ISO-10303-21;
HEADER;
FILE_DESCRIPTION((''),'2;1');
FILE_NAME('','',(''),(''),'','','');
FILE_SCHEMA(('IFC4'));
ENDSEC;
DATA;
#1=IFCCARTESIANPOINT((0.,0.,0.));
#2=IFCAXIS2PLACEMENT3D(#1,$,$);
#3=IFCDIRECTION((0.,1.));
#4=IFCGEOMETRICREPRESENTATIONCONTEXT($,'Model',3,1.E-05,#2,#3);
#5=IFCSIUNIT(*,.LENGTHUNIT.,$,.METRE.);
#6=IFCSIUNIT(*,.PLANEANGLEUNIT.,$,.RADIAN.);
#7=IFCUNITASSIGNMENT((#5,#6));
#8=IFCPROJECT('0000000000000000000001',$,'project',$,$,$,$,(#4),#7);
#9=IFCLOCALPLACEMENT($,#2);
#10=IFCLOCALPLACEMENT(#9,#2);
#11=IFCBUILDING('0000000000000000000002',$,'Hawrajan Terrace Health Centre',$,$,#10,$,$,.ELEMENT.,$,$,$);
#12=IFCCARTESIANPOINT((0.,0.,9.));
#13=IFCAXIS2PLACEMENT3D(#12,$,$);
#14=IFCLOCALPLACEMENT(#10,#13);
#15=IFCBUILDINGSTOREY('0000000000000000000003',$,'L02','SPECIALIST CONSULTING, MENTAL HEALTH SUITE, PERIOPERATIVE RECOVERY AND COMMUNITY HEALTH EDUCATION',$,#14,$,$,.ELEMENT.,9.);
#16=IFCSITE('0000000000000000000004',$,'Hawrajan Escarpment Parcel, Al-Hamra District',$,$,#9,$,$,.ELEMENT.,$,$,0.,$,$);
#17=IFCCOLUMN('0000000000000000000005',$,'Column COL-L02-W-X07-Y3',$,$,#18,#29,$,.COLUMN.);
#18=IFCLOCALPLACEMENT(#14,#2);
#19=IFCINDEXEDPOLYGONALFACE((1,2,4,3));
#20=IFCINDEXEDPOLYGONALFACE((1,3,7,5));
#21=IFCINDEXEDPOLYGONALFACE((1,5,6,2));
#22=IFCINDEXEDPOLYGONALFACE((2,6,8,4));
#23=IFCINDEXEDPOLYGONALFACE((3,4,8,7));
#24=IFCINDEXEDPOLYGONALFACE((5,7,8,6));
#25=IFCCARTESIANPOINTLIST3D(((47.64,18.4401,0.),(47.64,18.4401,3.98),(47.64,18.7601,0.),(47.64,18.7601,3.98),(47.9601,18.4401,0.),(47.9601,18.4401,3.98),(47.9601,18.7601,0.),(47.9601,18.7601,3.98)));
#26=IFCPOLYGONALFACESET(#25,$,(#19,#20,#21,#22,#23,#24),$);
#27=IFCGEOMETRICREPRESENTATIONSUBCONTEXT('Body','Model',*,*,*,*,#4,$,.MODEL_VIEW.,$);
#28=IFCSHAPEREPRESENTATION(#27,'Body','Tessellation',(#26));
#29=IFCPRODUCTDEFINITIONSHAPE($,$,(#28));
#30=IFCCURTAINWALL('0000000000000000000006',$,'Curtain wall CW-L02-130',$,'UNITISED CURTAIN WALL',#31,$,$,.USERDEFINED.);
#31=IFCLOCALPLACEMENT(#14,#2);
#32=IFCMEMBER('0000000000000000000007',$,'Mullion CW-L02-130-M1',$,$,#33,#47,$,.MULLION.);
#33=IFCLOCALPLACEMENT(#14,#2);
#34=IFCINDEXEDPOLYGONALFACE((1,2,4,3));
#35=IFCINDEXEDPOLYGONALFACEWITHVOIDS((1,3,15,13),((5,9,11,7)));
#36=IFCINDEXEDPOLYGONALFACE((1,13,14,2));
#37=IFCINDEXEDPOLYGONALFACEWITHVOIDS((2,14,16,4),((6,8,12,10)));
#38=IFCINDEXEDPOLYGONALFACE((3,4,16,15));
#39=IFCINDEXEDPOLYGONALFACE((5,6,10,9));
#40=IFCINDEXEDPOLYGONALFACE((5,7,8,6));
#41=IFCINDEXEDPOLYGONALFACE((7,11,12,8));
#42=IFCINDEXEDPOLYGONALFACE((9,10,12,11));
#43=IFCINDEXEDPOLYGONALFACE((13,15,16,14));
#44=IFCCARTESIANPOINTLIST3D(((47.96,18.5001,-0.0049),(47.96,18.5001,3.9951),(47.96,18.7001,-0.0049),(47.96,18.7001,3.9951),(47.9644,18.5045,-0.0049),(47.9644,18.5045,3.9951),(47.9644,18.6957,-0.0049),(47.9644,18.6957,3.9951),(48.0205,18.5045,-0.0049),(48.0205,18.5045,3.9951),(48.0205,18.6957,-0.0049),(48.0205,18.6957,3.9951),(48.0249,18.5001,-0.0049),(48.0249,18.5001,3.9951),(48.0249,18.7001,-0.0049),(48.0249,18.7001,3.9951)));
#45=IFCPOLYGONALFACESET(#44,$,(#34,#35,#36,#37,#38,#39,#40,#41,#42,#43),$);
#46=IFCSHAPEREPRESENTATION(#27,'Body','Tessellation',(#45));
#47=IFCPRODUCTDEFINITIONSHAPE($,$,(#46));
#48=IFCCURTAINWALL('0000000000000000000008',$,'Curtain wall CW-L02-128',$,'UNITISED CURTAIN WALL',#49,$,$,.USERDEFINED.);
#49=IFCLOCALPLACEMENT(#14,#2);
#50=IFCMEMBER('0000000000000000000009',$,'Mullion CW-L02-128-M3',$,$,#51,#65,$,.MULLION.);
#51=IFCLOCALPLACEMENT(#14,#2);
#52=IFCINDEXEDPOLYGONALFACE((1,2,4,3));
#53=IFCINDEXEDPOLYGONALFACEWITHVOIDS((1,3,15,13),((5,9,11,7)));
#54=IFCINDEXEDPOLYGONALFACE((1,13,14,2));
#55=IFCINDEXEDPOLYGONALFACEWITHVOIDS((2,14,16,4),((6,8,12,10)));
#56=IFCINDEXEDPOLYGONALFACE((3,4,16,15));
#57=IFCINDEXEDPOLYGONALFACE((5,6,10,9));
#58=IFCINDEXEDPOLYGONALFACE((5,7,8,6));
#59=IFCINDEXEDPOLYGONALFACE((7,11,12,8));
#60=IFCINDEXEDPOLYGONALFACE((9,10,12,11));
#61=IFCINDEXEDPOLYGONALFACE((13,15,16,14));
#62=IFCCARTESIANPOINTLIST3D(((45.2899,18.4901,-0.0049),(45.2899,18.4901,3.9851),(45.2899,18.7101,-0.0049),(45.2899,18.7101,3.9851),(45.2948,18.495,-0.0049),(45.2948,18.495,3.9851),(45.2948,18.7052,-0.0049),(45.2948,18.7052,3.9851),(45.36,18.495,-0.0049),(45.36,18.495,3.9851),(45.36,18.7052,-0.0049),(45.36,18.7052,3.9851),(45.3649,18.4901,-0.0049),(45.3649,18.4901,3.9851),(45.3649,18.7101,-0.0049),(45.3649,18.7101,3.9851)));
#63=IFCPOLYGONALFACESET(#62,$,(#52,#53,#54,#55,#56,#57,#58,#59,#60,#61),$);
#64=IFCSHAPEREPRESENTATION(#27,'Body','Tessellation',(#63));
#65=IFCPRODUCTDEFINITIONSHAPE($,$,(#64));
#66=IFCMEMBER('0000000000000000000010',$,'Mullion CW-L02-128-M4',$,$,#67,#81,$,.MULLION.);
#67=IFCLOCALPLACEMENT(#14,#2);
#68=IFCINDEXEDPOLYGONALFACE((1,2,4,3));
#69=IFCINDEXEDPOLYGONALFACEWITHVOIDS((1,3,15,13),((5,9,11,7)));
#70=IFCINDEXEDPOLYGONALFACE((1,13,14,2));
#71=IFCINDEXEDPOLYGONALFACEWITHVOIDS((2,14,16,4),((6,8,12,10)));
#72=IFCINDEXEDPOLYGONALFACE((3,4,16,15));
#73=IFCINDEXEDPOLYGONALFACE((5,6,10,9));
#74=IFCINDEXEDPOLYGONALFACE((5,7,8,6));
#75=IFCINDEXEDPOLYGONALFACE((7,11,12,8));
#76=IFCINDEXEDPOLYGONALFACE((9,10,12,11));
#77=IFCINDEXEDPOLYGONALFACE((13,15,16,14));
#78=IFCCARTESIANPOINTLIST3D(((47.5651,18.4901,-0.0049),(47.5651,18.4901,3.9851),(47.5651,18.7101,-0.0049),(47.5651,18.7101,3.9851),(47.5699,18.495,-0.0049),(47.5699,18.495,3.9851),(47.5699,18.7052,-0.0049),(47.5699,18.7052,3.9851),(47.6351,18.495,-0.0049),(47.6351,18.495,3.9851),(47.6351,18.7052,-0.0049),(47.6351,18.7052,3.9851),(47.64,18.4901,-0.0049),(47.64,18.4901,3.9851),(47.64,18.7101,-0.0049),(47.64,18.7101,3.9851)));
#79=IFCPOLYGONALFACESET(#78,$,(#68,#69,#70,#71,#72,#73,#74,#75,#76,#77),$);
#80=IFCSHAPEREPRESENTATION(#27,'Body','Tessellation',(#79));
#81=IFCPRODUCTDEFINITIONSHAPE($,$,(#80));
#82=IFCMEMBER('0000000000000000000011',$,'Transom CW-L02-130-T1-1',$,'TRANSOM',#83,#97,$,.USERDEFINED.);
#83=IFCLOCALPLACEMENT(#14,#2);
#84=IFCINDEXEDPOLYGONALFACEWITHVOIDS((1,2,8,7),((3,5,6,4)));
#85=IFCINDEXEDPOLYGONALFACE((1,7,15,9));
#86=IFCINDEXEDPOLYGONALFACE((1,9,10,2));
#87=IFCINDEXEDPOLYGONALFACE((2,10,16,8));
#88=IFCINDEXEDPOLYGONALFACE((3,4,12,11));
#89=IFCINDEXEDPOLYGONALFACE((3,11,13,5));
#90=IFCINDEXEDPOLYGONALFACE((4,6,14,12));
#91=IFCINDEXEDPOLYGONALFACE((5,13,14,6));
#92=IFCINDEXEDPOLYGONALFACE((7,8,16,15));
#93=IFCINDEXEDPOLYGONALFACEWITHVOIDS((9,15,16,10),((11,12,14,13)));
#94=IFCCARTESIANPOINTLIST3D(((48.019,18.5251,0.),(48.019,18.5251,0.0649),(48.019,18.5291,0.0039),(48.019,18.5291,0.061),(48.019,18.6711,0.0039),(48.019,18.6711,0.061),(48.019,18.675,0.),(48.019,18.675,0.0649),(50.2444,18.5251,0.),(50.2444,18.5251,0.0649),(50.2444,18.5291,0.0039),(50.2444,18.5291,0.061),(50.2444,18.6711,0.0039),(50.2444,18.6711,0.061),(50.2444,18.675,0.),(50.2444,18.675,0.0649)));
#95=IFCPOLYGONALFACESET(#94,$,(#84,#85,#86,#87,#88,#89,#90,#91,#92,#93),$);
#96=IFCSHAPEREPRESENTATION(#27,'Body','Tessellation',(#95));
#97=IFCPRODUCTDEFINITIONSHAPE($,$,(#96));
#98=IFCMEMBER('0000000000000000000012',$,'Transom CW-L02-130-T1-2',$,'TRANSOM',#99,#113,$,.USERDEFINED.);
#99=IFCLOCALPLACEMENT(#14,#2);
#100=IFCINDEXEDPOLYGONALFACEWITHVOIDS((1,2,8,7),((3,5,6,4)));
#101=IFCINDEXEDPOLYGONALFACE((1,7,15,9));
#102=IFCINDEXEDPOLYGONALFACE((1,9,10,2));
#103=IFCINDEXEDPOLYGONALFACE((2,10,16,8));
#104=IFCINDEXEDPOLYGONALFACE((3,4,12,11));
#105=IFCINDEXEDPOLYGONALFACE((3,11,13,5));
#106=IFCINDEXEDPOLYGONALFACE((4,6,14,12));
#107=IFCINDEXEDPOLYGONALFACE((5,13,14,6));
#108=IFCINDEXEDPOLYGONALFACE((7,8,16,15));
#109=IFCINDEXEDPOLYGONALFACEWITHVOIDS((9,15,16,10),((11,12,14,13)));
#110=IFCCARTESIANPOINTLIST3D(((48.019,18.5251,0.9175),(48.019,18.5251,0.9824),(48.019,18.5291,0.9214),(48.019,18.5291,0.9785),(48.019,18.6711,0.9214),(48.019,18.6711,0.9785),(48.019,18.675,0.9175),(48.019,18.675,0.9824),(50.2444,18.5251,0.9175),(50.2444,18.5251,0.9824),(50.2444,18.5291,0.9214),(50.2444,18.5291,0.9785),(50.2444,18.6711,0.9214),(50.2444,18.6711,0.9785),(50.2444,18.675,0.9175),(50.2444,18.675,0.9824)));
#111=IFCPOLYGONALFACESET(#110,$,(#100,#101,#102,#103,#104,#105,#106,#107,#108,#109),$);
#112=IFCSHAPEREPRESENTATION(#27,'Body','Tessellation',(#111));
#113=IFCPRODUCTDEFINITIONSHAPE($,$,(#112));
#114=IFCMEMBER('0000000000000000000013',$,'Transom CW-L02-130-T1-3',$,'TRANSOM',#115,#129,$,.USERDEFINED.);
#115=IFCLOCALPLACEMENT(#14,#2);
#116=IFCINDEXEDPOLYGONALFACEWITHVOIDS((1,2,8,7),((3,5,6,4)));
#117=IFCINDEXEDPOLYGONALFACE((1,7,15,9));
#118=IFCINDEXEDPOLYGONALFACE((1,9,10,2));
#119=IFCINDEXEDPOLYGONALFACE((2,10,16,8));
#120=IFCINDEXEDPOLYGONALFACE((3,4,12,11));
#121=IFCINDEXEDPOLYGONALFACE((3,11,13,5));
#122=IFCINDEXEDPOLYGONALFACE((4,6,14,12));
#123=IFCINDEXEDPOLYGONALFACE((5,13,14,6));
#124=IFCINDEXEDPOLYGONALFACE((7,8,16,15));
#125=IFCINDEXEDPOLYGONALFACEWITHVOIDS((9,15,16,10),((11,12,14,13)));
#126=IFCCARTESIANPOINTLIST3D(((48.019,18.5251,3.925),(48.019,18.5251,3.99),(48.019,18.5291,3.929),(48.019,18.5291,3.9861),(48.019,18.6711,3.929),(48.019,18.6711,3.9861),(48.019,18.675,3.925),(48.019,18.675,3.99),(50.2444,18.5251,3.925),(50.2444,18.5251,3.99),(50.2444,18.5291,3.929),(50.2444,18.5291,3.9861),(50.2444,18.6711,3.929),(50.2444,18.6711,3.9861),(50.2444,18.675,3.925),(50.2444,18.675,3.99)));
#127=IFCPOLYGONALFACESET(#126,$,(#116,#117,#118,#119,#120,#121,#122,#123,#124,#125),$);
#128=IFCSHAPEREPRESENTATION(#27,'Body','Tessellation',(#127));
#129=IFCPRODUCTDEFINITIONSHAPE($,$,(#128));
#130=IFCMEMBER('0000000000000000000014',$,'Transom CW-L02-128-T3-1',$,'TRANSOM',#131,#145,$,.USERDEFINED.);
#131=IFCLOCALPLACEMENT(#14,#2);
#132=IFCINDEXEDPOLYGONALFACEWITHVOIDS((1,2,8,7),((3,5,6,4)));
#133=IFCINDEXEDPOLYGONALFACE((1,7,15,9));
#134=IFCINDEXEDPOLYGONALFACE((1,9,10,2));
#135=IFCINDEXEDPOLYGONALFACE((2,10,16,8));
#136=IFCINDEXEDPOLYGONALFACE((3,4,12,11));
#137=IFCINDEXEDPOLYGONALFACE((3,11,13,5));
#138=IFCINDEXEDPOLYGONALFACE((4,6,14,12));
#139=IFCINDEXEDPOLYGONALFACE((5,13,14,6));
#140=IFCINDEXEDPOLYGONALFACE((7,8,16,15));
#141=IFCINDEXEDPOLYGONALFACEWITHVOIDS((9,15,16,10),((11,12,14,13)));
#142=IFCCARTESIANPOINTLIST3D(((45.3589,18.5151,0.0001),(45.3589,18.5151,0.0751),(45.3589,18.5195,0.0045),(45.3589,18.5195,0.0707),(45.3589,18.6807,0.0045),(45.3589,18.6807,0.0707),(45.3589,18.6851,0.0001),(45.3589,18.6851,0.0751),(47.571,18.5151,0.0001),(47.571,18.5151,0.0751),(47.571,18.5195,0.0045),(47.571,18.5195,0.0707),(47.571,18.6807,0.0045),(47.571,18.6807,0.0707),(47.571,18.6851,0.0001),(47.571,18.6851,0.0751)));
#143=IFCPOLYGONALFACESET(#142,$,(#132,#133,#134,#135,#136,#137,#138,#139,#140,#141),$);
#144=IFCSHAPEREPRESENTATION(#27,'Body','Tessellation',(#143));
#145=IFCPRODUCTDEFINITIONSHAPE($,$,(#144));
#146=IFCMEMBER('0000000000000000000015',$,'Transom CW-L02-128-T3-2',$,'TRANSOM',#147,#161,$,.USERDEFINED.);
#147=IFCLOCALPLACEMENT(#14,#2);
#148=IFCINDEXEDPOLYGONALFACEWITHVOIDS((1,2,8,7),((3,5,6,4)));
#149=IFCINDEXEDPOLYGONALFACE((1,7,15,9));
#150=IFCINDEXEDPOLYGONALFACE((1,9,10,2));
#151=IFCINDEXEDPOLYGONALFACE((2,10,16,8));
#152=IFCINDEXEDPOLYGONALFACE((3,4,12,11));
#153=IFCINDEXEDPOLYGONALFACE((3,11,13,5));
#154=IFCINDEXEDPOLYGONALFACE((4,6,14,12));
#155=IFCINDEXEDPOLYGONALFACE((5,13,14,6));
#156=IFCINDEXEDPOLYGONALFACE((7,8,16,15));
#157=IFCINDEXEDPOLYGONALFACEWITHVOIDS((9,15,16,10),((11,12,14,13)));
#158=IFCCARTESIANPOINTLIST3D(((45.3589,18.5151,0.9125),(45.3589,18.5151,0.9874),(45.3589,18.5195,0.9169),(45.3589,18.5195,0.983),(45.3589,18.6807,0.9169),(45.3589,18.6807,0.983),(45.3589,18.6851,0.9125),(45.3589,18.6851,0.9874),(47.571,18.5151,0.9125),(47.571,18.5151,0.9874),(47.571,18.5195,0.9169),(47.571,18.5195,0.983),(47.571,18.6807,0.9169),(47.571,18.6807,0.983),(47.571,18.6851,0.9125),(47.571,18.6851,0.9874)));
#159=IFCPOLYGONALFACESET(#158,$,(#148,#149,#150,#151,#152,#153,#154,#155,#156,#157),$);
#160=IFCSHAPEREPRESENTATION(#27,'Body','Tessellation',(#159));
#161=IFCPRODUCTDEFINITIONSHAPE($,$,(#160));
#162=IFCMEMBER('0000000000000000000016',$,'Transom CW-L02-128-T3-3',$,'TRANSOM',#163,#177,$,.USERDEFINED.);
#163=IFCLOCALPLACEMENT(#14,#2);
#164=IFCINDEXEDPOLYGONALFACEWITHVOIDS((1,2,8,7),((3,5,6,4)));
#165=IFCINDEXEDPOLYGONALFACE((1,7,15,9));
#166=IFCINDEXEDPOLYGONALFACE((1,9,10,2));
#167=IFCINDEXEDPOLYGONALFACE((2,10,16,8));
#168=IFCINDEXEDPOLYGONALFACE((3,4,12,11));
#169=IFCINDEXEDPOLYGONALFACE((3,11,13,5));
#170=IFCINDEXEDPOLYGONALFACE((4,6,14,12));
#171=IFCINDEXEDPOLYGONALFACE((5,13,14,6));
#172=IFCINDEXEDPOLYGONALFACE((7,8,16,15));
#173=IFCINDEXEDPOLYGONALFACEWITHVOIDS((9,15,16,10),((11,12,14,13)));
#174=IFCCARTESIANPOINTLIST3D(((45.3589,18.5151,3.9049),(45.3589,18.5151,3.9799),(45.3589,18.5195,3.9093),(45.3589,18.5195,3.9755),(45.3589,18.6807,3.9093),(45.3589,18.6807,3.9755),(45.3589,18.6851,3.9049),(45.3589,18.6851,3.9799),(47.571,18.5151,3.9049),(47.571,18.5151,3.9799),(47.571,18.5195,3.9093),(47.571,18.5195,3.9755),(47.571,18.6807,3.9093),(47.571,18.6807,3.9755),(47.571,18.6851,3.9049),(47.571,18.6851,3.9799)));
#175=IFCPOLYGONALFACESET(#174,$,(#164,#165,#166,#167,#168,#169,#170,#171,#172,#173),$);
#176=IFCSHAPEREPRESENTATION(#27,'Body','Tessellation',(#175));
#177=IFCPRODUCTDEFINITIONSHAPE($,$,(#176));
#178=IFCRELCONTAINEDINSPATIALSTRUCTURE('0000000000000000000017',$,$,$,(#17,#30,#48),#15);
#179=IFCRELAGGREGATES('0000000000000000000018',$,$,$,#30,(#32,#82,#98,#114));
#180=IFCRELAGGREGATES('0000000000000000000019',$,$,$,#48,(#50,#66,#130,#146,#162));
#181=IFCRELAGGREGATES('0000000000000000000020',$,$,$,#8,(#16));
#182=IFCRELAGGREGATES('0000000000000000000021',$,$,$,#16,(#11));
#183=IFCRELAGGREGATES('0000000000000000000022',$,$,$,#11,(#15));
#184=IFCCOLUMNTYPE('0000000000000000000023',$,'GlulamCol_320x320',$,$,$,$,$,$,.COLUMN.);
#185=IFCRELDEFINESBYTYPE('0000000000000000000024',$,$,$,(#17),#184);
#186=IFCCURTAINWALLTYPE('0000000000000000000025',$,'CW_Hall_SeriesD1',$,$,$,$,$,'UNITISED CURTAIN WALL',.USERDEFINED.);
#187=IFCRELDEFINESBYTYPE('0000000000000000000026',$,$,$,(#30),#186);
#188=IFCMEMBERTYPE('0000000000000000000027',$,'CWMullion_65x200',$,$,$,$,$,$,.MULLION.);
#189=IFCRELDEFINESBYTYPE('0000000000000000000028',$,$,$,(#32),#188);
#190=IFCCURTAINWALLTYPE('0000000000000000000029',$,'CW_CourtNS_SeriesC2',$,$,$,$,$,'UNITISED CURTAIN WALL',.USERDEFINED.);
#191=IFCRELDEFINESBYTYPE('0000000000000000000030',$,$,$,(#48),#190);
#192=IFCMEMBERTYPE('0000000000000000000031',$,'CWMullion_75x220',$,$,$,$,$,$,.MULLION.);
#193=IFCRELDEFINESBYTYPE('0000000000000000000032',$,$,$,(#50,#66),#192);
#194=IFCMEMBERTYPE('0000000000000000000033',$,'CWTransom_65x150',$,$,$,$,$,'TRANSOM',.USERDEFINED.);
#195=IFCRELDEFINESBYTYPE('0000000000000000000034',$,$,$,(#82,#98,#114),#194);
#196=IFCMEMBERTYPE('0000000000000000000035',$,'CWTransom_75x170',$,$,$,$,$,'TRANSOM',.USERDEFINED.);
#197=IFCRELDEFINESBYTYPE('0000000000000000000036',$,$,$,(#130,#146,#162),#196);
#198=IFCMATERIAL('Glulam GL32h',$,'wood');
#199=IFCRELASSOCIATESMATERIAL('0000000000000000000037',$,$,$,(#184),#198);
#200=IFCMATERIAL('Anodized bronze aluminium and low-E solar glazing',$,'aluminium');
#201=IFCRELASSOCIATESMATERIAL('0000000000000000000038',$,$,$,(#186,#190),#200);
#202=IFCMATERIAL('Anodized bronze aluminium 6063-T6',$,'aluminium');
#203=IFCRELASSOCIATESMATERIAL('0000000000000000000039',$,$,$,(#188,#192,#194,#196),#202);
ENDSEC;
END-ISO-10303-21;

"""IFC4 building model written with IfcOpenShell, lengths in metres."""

from ifc_helpers import new_model, si_unit, direction, frame, origin, origin_2d, place, context, subcontext, project, spatial, rectangle, hollow_rectangle, extrude, material, material_profile, profile_set, type_object, element, aggregate, save


model = new_model("IFC4")

# Units and contexts
model_context = context("Model", 3, precision=1e-05, world=origin(), true_north=direction((0.0, 1.0)))
body_context = subcontext(model_context, "Body", "Model", "MODEL_VIEW")
ifc_project = project(units=[si_unit("LENGTHUNIT", "METRE"), si_unit("PLANEANGLEUNIT", "RADIAN")], contexts=[model_context])

# Site, building, storey
site_placement = place(None, origin())
site = spatial("IfcSite", under=ifc_project, at=site_placement, Name="Hawrajan Escarpment Parcel, Al-Hamra District", CompositionType="ELEMENT", RefElevation=0.0)
building_placement = place(site_placement, origin())
building = spatial("IfcBuilding", under=site, at=building_placement, Name="Hawrajan Terrace Health Centre", CompositionType="ELEMENT")
storey_placement = place(building_placement, frame((0.0, 0.0, 9.0)))
storey = spatial("IfcBuildingStorey", under=building, at=storey_placement, Name="L02", Description="SPECIALIST CONSULTING, MENTAL HEALTH SUITE, PERIOPERATIVE RECOVERY AND COMMUNITY HEALTH EDUCATION", CompositionType="ELEMENT", Elevation=9.0)

# Column
ifc_material_1 = material(Name="Glulam GL32h", Category="wood")
ifc_material_profile_1 = material_profile(ifc_material_1, rectangle(XDim=0.3201, YDim=0.3201, at=origin_2d()), Name="GL 320x320")
ifc_profile_set_1 = profile_set([ifc_material_profile_1], Name="Glulam GL32h")
column_type = type_object("IfcColumnType", Name="GlulamCol_320x320", PredefinedType="COLUMN", material=ifc_profile_set_1)
column_placement = place(storey_placement, frame((47.8, 18.6001, 0.0), z_axis=(0.0, 0.0, 1.0), x_axis=(1.0, 0.0, 0.0)))
element("IfcColumn", 1, at=column_placement, inside=storey, type_object=column_type, Name="Column COL-L02-W-X07-Y3", PredefinedType="COLUMN", context=body_context, shape_type="SweptSolid", body=[
    extrude(rectangle(XDim=0.3201, YDim=0.3201, at=origin_2d()), origin(), (0.0, 0.0, 1.0), 3.98),
])

# Curtain wall, member
ifc_material_2 = material(Name="Anodized bronze aluminium and low-E solar glazing", Category="aluminium")
curtain_wall_type_1 = type_object("IfcCurtainWallType", Name="CW_Hall_SeriesD1", ElementType="UNITISED CURTAIN WALL", PredefinedType="USERDEFINED", material=ifc_material_2)
curtain_wall_1_placement = place(storey_placement, origin())
curtain_wall_1 = element("IfcCurtainWall", 2, at=curtain_wall_1_placement, inside=storey, type_object=curtain_wall_type_1, Name="Curtain wall CW-L02-130", ObjectType="UNITISED CURTAIN WALL", PredefinedType="USERDEFINED")
ifc_material_3 = material(Name="Anodized bronze aluminium 6063-T6", Category="aluminium")
ifc_material_profile_2 = material_profile(ifc_material_3, hollow_rectangle(XDim=0.0649, YDim=0.2, WallThickness=0.0044, at=origin_2d()), Name="CW MUL 65x200")
ifc_profile_set_2 = profile_set([ifc_material_profile_2], Name="Anodized bronze aluminium 6063-T6")
member_type_1 = type_object("IfcMemberType", Name="CWMullion_65x200", PredefinedType="MULLION", material=ifc_profile_set_2)
member_1_placement = place(storey_placement, frame((47.9924, 18.6001, -0.0049), z_axis=(0.0, 0.0, 1.0), x_axis=(1.0, 0.0, 0.0)))
member_1 = element("IfcMember", 3, at=member_1_placement, type_object=member_type_1, Name="Mullion CW-L02-130-M1", PredefinedType="MULLION", context=body_context, shape_type="SweptSolid", body=[
    extrude(hollow_rectangle(XDim=0.0649, YDim=0.2, WallThickness=0.0044, at=origin_2d()), origin(), (0.0, 0.0, 1.0), 4.0),
])

# Curtain wall, members
curtain_wall_type_2 = type_object("IfcCurtainWallType", Name="CW_CourtNS_SeriesC2", ElementType="UNITISED CURTAIN WALL", PredefinedType="USERDEFINED", material=ifc_material_2)
curtain_wall_2_placement = place(storey_placement, origin())
curtain_wall_2 = element("IfcCurtainWall", 4, at=curtain_wall_2_placement, inside=storey, type_object=curtain_wall_type_2, Name="Curtain wall CW-L02-128", ObjectType="UNITISED CURTAIN WALL", PredefinedType="USERDEFINED")
ifc_material_profile_3 = material_profile(ifc_material_3, hollow_rectangle(XDim=0.075, YDim=0.22, WallThickness=0.0049, at=origin_2d()), Name="CW MUL 75x220")
ifc_profile_set_3 = profile_set([ifc_material_profile_3], Name="Anodized bronze aluminium 6063-T6")
member_type_2 = type_object("IfcMemberType", Name="CWMullion_75x220", PredefinedType="MULLION", material=ifc_profile_set_3)
member_2_placement = place(storey_placement, frame((45.3274, 18.6001, -0.0049), z_axis=(0.0, 0.0, 1.0), x_axis=(1.0, 0.0, 0.0)))
member_2 = element("IfcMember", 5, at=member_2_placement, type_object=member_type_2, Name="Mullion CW-L02-128-M3", PredefinedType="MULLION", context=body_context, shape_type="SweptSolid", body=[
    extrude(hollow_rectangle(XDim=0.075, YDim=0.22, WallThickness=0.0049, at=origin_2d()), origin(), (0.0, 0.0, 1.0), 3.99),
])
member_3_placement = place(storey_placement, frame((47.6025, 18.6001, -0.0049), z_axis=(0.0, 0.0, 1.0), x_axis=(1.0, 0.0, 0.0)))
member_3 = element("IfcMember", 6, at=member_3_placement, type_object=member_type_2, Name="Mullion CW-L02-128-M4", PredefinedType="MULLION", context=body_context, shape_type="SweptSolid", body=[
    extrude(hollow_rectangle(XDim=0.075, YDim=0.22, WallThickness=0.0049, at=origin_2d()), origin(), (0.0, 0.0, 1.0), 3.99),
])

# Members
ifc_material_profile_4 = material_profile(ifc_material_3, hollow_rectangle(XDim=0.0649, YDim=0.1499, WallThickness=0.0039, at=origin_2d()), Name="CW TRN 65x150")
ifc_profile_set_4 = profile_set([ifc_material_profile_4], Name="Anodized bronze aluminium 6063-T6")
member_type_3 = type_object("IfcMemberType", Name="CWTransom_65x150", ElementType="TRANSOM", PredefinedType="USERDEFINED", material=ifc_profile_set_4)
member_4_placement = place(storey_placement, frame((48.019, 18.6001, 0.0325), z_axis=(1.0, 0.0, 0.0), x_axis=(0.0, 0.0, 1.0)))
member_4 = element("IfcMember", 7, at=member_4_placement, type_object=member_type_3, Name="Transom CW-L02-130-T1-1", ObjectType="TRANSOM", PredefinedType="USERDEFINED", context=body_context, shape_type="SweptSolid", body=[
    extrude(hollow_rectangle(XDim=0.0649, YDim=0.1499, WallThickness=0.0039, at=origin_2d()), origin(), (0.0, 0.0, 1.0), 2.2253),
])
member_5_placement = place(storey_placement, frame((48.019, 18.6001, 0.95), z_axis=(1.0, 0.0, 0.0), x_axis=(0.0, 0.0, 1.0)))
member_5 = element("IfcMember", 8, at=member_5_placement, type_object=member_type_3, Name="Transom CW-L02-130-T1-2", ObjectType="TRANSOM", PredefinedType="USERDEFINED", context=body_context, shape_type="SweptSolid", body=[
    extrude(hollow_rectangle(XDim=0.0649, YDim=0.1499, WallThickness=0.0039, at=origin_2d()), origin(), (0.0, 0.0, 1.0), 2.2253),
])
member_6_placement = place(storey_placement, frame((48.019, 18.6001, 3.9575), z_axis=(1.0, 0.0, 0.0), x_axis=(0.0, 0.0, 1.0)))
member_6 = element("IfcMember", 9, at=member_6_placement, type_object=member_type_3, Name="Transom CW-L02-130-T1-3", ObjectType="TRANSOM", PredefinedType="USERDEFINED", context=body_context, shape_type="SweptSolid", body=[
    extrude(hollow_rectangle(XDim=0.0649, YDim=0.1499, WallThickness=0.0039, at=origin_2d()), origin(), (0.0, 0.0, 1.0), 2.2253),
])
aggregate(curtain_wall_1, [member_1, member_4, member_5, member_6])
ifc_material_profile_5 = material_profile(ifc_material_3, hollow_rectangle(XDim=0.075, YDim=0.1699, WallThickness=0.0044, at=origin_2d()), Name="CW TRN 75x170")
ifc_profile_set_5 = profile_set([ifc_material_profile_5], Name="Anodized bronze aluminium 6063-T6")
member_type_4 = type_object("IfcMemberType", Name="CWTransom_75x170", ElementType="TRANSOM", PredefinedType="USERDEFINED", material=ifc_profile_set_5)
member_7_placement = place(storey_placement, frame((45.3589, 18.6001, 0.0376), z_axis=(1.0, 0.0, 0.0), x_axis=(0.0, 0.0, 1.0)))
member_7 = element("IfcMember", 10, at=member_7_placement, type_object=member_type_4, Name="Transom CW-L02-128-T3-1", ObjectType="TRANSOM", PredefinedType="USERDEFINED", context=body_context, shape_type="SweptSolid", body=[
    extrude(hollow_rectangle(XDim=0.075, YDim=0.1699, WallThickness=0.0044, at=origin_2d()), origin(), (0.0, 0.0, 1.0), 2.2122),
])
member_8_placement = place(storey_placement, frame((45.3589, 18.6001, 0.95), z_axis=(1.0, 0.0, 0.0), x_axis=(0.0, 0.0, 1.0)))
member_8 = element("IfcMember", 11, at=member_8_placement, type_object=member_type_4, Name="Transom CW-L02-128-T3-2", ObjectType="TRANSOM", PredefinedType="USERDEFINED", context=body_context, shape_type="SweptSolid", body=[
    extrude(hollow_rectangle(XDim=0.075, YDim=0.1699, WallThickness=0.0044, at=origin_2d()), origin(), (0.0, 0.0, 1.0), 2.2122),
])
member_9_placement = place(storey_placement, frame((45.3589, 18.6001, 3.9424), z_axis=(1.0, 0.0, 0.0), x_axis=(0.0, 0.0, 1.0)))
member_9 = element("IfcMember", 12, at=member_9_placement, type_object=member_type_4, Name="Transom CW-L02-128-T3-3", ObjectType="TRANSOM", PredefinedType="USERDEFINED", context=body_context, shape_type="SweptSolid", body=[
    extrude(hollow_rectangle(XDim=0.075, YDim=0.1699, WallThickness=0.0044, at=origin_2d()), origin(), (0.0, 0.0, 1.0), 2.2122),
])

aggregate(curtain_wall_2, [member_2, member_3, member_7, member_8, member_9])

save(model, "model.ifc")
